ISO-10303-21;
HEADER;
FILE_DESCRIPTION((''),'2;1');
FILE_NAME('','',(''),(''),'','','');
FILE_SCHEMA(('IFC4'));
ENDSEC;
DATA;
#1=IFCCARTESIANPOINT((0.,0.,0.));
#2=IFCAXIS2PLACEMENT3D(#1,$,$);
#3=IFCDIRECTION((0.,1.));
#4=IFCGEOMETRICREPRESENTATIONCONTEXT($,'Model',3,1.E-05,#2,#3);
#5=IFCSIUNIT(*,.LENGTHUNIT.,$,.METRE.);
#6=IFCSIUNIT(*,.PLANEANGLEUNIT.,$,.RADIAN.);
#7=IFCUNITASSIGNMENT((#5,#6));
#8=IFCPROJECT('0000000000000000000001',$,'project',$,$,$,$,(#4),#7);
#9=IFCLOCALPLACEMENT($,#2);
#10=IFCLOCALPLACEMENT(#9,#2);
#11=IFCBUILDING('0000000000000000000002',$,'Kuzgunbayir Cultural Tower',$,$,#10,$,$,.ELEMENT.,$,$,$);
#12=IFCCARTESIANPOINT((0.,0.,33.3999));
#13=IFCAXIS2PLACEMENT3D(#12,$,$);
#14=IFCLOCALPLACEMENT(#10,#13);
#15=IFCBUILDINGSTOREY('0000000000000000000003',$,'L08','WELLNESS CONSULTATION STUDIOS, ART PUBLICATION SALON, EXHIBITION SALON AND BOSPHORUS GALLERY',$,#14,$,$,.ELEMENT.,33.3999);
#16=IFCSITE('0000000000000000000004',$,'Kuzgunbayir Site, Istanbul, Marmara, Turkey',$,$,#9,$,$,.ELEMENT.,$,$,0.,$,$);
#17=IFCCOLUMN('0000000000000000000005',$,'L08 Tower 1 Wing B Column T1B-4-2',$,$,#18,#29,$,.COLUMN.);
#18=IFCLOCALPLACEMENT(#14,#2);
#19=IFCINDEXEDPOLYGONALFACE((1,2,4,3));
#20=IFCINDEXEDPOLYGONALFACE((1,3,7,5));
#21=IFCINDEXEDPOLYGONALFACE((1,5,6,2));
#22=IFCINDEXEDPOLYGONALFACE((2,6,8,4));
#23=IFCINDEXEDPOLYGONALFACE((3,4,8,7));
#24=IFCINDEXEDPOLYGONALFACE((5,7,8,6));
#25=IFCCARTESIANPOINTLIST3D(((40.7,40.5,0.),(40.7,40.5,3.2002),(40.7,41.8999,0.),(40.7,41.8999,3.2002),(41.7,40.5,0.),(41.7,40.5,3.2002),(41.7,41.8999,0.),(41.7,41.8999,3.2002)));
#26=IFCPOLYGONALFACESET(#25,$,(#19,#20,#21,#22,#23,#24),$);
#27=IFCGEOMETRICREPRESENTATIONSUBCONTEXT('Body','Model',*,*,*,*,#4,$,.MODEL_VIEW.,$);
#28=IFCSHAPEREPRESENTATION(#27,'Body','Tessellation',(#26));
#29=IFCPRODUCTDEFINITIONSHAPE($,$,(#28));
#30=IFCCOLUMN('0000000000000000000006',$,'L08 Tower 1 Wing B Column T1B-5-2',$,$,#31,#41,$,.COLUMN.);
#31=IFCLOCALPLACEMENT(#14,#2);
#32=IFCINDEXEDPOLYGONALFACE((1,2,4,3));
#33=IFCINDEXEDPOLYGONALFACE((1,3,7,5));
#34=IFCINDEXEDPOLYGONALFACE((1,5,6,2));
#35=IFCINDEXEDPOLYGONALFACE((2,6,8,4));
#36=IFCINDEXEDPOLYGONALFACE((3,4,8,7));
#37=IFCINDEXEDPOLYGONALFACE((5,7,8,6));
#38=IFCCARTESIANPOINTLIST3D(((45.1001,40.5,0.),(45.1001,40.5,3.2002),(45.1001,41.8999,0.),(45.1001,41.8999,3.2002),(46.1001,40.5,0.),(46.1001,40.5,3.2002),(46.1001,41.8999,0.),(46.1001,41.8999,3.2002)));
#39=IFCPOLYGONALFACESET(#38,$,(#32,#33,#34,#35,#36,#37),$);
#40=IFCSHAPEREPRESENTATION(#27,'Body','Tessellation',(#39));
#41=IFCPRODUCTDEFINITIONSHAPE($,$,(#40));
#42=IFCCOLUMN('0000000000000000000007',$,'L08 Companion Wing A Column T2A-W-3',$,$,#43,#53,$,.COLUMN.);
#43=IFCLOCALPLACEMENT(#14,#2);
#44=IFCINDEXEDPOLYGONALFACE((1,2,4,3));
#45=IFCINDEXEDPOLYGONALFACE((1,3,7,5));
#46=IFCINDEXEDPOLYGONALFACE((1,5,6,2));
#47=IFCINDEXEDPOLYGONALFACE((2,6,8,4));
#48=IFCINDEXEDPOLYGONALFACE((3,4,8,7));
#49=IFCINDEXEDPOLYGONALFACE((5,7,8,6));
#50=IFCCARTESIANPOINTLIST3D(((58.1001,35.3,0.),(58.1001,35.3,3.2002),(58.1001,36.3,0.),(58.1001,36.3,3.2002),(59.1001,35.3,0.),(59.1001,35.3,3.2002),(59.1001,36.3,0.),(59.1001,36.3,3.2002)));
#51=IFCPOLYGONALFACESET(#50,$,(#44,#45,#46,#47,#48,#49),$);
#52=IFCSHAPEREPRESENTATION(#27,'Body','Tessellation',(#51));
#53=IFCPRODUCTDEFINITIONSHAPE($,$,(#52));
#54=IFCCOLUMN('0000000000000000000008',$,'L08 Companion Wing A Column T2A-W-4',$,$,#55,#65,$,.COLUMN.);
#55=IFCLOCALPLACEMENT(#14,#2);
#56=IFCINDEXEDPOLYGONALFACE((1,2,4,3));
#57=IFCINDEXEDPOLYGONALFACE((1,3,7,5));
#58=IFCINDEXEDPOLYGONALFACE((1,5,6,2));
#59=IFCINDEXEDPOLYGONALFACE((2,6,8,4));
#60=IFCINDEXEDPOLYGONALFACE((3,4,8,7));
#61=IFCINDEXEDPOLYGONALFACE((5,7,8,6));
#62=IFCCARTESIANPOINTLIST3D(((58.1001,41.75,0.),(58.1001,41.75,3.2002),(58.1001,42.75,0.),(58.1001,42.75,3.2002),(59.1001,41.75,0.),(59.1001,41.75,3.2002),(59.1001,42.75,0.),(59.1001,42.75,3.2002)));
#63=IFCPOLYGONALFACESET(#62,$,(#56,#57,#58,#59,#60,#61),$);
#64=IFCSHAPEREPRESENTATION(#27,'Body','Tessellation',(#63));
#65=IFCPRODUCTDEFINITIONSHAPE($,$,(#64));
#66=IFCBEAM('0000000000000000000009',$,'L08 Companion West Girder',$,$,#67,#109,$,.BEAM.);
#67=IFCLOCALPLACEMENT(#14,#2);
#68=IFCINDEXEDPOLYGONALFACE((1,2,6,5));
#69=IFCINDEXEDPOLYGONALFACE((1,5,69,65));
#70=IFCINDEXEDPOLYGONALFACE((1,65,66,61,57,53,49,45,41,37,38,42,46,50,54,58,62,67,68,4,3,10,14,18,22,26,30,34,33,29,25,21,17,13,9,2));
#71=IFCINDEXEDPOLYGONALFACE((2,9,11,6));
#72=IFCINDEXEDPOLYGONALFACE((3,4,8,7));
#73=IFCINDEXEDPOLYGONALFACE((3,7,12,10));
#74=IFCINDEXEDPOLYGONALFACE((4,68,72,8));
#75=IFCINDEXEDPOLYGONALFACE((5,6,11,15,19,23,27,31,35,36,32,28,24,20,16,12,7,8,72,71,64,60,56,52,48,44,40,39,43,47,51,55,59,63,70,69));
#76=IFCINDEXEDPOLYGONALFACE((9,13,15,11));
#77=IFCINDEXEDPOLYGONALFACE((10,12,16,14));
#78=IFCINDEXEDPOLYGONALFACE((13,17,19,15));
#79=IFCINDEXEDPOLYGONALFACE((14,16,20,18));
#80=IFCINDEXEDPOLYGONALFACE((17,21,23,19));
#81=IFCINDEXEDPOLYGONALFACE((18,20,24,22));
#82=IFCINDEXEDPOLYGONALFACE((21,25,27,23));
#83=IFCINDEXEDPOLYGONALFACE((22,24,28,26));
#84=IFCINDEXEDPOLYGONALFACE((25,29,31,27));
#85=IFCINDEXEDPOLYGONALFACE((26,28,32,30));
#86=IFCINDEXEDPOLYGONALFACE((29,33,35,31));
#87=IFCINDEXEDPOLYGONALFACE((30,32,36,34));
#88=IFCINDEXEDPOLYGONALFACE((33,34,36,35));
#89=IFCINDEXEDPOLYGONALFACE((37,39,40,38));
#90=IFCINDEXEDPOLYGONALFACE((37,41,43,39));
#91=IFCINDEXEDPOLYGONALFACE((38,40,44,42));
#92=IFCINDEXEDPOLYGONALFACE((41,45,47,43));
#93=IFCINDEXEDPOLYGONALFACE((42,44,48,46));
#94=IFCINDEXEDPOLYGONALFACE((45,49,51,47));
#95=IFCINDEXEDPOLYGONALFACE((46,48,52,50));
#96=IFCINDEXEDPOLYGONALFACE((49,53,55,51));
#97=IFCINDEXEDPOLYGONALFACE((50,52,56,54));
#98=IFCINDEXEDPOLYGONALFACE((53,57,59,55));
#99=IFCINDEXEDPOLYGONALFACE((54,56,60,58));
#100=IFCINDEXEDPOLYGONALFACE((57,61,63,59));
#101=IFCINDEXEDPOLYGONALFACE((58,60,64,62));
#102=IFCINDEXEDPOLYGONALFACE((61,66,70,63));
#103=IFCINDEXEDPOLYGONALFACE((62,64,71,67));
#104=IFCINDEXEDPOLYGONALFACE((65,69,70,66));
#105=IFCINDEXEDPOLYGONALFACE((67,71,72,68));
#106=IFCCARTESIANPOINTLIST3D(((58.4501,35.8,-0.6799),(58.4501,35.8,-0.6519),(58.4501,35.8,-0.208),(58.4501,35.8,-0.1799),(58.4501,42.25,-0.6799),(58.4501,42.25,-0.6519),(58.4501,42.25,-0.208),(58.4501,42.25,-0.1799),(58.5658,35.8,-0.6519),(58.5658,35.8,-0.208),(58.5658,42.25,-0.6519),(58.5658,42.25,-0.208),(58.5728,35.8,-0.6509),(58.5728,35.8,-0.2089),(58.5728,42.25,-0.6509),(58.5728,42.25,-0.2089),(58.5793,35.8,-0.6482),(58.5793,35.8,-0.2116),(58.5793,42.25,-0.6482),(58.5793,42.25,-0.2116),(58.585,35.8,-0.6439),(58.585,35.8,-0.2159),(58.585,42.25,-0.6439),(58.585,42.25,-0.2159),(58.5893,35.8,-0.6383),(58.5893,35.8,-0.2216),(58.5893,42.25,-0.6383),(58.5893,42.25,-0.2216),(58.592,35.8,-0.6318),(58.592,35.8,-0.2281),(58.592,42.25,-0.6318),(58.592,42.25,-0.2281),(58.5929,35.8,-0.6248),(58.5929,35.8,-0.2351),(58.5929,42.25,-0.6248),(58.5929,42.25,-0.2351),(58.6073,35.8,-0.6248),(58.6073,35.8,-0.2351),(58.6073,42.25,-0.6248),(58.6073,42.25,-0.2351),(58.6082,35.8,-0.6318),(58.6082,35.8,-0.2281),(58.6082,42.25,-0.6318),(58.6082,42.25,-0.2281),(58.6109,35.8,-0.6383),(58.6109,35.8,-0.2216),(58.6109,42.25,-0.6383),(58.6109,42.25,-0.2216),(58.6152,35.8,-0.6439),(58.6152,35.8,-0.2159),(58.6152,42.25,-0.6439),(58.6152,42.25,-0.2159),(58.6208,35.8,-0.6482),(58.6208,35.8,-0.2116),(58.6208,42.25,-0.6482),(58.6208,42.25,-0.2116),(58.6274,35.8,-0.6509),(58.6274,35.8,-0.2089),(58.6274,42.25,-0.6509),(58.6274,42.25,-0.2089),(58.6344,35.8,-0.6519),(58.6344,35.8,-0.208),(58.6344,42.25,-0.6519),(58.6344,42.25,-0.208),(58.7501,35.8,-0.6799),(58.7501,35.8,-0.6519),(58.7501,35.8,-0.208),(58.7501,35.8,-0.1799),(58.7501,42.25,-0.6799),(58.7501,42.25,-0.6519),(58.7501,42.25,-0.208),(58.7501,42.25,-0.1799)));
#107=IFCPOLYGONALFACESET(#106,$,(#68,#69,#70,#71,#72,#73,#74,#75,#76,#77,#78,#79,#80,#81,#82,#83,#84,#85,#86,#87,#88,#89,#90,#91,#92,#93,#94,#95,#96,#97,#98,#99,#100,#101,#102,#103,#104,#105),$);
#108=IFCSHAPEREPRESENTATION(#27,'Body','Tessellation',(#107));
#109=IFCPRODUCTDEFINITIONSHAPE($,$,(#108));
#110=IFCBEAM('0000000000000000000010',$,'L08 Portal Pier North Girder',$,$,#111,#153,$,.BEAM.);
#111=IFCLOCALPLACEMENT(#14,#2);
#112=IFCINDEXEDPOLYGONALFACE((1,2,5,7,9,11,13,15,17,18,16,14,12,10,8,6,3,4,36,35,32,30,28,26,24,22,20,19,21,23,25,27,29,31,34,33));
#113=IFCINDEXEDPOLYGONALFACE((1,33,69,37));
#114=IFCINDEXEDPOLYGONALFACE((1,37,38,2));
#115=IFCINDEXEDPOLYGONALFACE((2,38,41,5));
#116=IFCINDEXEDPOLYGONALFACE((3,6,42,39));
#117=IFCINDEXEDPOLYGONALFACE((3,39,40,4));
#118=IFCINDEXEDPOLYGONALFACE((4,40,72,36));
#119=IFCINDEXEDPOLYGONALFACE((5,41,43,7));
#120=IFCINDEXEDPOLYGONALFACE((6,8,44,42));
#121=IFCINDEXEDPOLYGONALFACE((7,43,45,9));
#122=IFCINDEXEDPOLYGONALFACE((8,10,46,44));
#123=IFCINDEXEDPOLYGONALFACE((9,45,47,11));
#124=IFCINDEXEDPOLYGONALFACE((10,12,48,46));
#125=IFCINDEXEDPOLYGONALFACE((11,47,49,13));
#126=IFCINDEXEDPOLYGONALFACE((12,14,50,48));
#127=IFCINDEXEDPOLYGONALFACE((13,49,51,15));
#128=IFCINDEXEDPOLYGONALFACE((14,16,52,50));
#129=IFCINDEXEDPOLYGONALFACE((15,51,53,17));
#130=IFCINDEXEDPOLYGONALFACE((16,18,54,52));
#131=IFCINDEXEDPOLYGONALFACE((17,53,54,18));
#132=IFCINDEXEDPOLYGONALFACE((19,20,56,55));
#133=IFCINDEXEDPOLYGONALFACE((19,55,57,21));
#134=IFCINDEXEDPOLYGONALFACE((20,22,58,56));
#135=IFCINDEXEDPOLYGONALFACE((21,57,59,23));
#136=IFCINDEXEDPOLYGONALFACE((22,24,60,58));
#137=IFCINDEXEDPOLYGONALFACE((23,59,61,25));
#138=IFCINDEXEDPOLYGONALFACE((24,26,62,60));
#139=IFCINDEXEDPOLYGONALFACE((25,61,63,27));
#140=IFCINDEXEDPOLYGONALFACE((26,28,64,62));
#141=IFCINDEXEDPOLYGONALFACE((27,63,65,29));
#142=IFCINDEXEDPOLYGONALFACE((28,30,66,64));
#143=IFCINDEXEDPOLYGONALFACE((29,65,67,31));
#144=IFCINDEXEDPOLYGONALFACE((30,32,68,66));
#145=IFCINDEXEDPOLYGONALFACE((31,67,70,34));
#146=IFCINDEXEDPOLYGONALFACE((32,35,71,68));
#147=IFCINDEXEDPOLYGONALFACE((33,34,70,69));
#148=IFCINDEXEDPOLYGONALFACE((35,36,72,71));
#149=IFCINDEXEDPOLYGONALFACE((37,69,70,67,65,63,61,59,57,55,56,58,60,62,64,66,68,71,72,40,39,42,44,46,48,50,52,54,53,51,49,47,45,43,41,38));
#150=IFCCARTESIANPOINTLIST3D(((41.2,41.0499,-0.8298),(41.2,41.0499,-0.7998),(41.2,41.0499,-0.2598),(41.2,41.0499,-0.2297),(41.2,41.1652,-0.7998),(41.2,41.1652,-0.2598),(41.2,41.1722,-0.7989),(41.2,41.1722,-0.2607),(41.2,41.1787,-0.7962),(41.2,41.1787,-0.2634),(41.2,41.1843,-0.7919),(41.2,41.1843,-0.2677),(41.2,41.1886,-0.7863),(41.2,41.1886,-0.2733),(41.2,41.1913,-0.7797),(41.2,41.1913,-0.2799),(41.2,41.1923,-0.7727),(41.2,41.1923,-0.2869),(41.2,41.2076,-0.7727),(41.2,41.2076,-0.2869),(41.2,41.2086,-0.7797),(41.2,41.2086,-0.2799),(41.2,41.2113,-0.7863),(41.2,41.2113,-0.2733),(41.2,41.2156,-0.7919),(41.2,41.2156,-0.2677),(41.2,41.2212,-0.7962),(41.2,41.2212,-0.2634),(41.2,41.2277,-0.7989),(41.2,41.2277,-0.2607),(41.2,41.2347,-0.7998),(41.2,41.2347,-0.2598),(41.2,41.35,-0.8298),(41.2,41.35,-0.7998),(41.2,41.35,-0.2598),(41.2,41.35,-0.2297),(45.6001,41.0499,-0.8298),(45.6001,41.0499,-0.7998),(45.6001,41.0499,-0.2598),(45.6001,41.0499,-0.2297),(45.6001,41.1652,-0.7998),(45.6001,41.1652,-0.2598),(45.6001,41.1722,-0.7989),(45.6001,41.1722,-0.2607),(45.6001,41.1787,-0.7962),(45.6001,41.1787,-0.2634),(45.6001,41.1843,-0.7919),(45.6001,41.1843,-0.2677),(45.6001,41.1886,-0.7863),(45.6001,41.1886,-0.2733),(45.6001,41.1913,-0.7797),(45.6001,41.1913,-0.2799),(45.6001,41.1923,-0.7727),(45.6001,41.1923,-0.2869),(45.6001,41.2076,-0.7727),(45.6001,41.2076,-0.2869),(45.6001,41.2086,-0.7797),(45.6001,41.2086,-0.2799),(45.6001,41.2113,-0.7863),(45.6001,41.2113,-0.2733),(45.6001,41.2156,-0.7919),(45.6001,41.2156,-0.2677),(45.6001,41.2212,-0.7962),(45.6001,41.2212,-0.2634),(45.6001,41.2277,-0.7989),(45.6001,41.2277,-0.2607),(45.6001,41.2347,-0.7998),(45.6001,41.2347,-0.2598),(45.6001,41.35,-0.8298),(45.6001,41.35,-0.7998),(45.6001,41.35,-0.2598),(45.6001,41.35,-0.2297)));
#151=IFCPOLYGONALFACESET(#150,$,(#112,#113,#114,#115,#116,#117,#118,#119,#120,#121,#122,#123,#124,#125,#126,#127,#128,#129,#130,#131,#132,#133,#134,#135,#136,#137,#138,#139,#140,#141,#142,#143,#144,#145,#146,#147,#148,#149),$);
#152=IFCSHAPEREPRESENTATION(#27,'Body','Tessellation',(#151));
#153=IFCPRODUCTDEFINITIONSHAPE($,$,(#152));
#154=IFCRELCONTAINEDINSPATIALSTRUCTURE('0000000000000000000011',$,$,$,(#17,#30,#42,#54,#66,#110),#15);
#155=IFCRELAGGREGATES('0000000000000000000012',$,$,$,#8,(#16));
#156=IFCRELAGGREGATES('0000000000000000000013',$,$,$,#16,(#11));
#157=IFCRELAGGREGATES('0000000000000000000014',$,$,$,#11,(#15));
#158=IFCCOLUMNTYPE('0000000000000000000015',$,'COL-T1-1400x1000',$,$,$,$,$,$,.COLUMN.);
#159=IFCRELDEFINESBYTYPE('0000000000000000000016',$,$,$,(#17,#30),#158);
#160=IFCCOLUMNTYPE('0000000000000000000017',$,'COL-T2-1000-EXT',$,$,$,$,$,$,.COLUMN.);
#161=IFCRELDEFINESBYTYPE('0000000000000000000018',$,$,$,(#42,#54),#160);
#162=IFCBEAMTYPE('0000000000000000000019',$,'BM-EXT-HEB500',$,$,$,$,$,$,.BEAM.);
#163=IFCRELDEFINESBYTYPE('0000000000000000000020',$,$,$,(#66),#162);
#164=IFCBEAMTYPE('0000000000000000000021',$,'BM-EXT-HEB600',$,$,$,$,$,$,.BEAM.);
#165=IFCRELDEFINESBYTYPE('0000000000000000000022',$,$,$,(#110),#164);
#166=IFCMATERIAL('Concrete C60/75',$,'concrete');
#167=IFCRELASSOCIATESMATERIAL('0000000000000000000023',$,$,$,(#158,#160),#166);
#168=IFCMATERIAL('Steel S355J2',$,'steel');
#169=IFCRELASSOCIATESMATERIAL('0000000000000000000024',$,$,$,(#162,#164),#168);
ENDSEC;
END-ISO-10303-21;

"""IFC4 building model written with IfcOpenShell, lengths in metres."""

from ifc_helpers import new_model, si_unit, direction, frame, origin, origin_2d, place, context, subcontext, project, spatial, rectangle, i_section, extrude, material, material_profile, profile_set, type_object, element, save


model = new_model("IFC4")

# Units and contexts
model_context = context("Model", 3, precision=1e-05, world=origin(), true_north=direction((0.0, 1.0)))
body_context = subcontext(model_context, "Body", "Model", "MODEL_VIEW")
ifc_project = project(units=[si_unit("LENGTHUNIT", "METRE"), si_unit("PLANEANGLEUNIT", "RADIAN")], contexts=[model_context])

# Site, building, storey
site_placement = place(None, origin())
site = spatial("IfcSite", under=ifc_project, at=site_placement, Name="Kuzgunbayir Site, Istanbul, Marmara, Turkey", CompositionType="ELEMENT", RefElevation=0.0)
building_placement = place(site_placement, origin())
building = spatial("IfcBuilding", under=site, at=building_placement, Name="Kuzgunbayir Cultural Tower", CompositionType="ELEMENT")
storey_placement = place(building_placement, frame((0.0, 0.0, 33.3999)))
storey = spatial("IfcBuildingStorey", under=building, at=storey_placement, Name="L08", Description="WELLNESS CONSULTATION STUDIOS, ART PUBLICATION SALON, EXHIBITION SALON AND BOSPHORUS GALLERY", CompositionType="ELEMENT", Elevation=33.3999)

# Columns
ifc_material_1 = material(Name="Concrete C60/75", Category="concrete")
ifc_material_profile_1 = material_profile(ifc_material_1, rectangle(XDim=1.0, YDim=1.3999, at=origin_2d()), Name="RC 1400x1000")
ifc_profile_set_1 = profile_set([ifc_material_profile_1], Name="Concrete C60/75")
column_type_1 = type_object("IfcColumnType", Name="COL-T1-1400x1000", PredefinedType="COLUMN", material=ifc_profile_set_1)
for number, where, z_axis, x_axis, name in (
    (1, (41.2, 41.2, 0.0), (0.0, 0.0, 1.0), (1.0, 0.0, 0.0), "L08 Tower 1 Wing B Column T1B-4-2"),
    (2, (45.6001, 41.2, 0.0), (0.0, 0.0, 1.0), (1.0, 0.0, 0.0), "L08 Tower 1 Wing B Column T1B-5-2"),
):
    element("IfcColumn", number, at=place(storey_placement, frame(where, z_axis=z_axis, x_axis=x_axis)), inside=storey, type_object=column_type_1, Name=name, PredefinedType="COLUMN", context=body_context, shape_type="SweptSolid", body=[
        extrude(rectangle(XDim=1.0, YDim=1.3999, at=origin_2d()), origin(), (0.0, 0.0, 1.0), 3.2002),
    ])
ifc_material_profile_2 = material_profile(ifc_material_1, rectangle(XDim=1.0, YDim=1.0, at=origin_2d()), Name="RC 1000x1000")
ifc_profile_set_2 = profile_set([ifc_material_profile_2], Name="Concrete C60/75")
column_type_2 = type_object("IfcColumnType", Name="COL-T2-1000-EXT", PredefinedType="COLUMN", material=ifc_profile_set_2)
for number, where, z_axis, x_axis, name in (
    (3, (58.6001, 35.8, 0.0), (0.0, 0.0, 1.0), (1.0, 0.0, 0.0), "L08 Companion Wing A Column T2A-W-3"),
    (4, (58.6001, 42.25, 0.0), (0.0, 0.0, 1.0), (1.0, 0.0, 0.0), "L08 Companion Wing A Column T2A-W-4"),
):
    element("IfcColumn", number, at=place(storey_placement, frame(where, z_axis=z_axis, x_axis=x_axis)), inside=storey, type_object=column_type_2, Name=name, PredefinedType="COLUMN", context=body_context, shape_type="SweptSolid", body=[
        extrude(rectangle(XDim=1.0, YDim=1.0, at=origin_2d()), origin(), (0.0, 0.0, 1.0), 3.2002),
    ])

# Beams
ifc_material_2 = material(Name="Steel S355J2", Category="steel")
ifc_material_profile_3 = material_profile(ifc_material_2, i_section(OverallWidth=0.3, OverallDepth=0.5, WebThickness=0.0144, FlangeThickness=0.0281, FilletRadius=0.0271, at=origin_2d()), Name="HEB 500")
ifc_profile_set_3 = profile_set([ifc_material_profile_3], Name="Steel S355J2")
beam_type_1 = type_object("IfcBeamType", Name="BM-EXT-HEB500", PredefinedType="BEAM", material=ifc_profile_set_3)
beam_1_placement = place(storey_placement, frame((58.6001, 35.8, -0.4299), z_axis=(0.0, 1.0, 0.0), x_axis=(-1.0, 0.0, 0.0)))
element("IfcBeam", 5, at=beam_1_placement, inside=storey, type_object=beam_type_1, Name="L08 Companion West Girder", PredefinedType="BEAM", context=body_context, shape_type="SweptSolid", body=[
    extrude(i_section(OverallWidth=0.3, OverallDepth=0.5, WebThickness=0.0144, FlangeThickness=0.0281, FilletRadius=0.0271, at=origin_2d()), origin(), (0.0, 0.0, 1.0), 6.45),
])
ifc_material_profile_4 = material_profile(ifc_material_2, i_section(OverallWidth=0.3, OverallDepth=0.6001, WebThickness=0.0154, FlangeThickness=0.03, FilletRadius=0.0271, at=origin_2d()), Name="HEB 600")
ifc_profile_set_4 = profile_set([ifc_material_profile_4], Name="Steel S355J2")
beam_type_2 = type_object("IfcBeamType", Name="BM-EXT-HEB600", PredefinedType="BEAM", material=ifc_profile_set_4)
beam_2_placement = place(storey_placement, frame((41.2, 41.2, -0.5298), z_axis=(1.0, 0.0, 0.0), x_axis=(0.0, 1.0, 0.0)))
element("IfcBeam", 6, at=beam_2_placement, inside=storey, type_object=beam_type_2, Name="L08 Portal Pier North Girder", PredefinedType="BEAM", context=body_context, shape_type="SweptSolid", body=[
    extrude(i_section(OverallWidth=0.3, OverallDepth=0.6001, WebThickness=0.0154, FlangeThickness=0.03, FilletRadius=0.0271, at=origin_2d()), origin(), (0.0, 0.0, 1.0), 4.4001),
])

save(model, "model.ifc")
